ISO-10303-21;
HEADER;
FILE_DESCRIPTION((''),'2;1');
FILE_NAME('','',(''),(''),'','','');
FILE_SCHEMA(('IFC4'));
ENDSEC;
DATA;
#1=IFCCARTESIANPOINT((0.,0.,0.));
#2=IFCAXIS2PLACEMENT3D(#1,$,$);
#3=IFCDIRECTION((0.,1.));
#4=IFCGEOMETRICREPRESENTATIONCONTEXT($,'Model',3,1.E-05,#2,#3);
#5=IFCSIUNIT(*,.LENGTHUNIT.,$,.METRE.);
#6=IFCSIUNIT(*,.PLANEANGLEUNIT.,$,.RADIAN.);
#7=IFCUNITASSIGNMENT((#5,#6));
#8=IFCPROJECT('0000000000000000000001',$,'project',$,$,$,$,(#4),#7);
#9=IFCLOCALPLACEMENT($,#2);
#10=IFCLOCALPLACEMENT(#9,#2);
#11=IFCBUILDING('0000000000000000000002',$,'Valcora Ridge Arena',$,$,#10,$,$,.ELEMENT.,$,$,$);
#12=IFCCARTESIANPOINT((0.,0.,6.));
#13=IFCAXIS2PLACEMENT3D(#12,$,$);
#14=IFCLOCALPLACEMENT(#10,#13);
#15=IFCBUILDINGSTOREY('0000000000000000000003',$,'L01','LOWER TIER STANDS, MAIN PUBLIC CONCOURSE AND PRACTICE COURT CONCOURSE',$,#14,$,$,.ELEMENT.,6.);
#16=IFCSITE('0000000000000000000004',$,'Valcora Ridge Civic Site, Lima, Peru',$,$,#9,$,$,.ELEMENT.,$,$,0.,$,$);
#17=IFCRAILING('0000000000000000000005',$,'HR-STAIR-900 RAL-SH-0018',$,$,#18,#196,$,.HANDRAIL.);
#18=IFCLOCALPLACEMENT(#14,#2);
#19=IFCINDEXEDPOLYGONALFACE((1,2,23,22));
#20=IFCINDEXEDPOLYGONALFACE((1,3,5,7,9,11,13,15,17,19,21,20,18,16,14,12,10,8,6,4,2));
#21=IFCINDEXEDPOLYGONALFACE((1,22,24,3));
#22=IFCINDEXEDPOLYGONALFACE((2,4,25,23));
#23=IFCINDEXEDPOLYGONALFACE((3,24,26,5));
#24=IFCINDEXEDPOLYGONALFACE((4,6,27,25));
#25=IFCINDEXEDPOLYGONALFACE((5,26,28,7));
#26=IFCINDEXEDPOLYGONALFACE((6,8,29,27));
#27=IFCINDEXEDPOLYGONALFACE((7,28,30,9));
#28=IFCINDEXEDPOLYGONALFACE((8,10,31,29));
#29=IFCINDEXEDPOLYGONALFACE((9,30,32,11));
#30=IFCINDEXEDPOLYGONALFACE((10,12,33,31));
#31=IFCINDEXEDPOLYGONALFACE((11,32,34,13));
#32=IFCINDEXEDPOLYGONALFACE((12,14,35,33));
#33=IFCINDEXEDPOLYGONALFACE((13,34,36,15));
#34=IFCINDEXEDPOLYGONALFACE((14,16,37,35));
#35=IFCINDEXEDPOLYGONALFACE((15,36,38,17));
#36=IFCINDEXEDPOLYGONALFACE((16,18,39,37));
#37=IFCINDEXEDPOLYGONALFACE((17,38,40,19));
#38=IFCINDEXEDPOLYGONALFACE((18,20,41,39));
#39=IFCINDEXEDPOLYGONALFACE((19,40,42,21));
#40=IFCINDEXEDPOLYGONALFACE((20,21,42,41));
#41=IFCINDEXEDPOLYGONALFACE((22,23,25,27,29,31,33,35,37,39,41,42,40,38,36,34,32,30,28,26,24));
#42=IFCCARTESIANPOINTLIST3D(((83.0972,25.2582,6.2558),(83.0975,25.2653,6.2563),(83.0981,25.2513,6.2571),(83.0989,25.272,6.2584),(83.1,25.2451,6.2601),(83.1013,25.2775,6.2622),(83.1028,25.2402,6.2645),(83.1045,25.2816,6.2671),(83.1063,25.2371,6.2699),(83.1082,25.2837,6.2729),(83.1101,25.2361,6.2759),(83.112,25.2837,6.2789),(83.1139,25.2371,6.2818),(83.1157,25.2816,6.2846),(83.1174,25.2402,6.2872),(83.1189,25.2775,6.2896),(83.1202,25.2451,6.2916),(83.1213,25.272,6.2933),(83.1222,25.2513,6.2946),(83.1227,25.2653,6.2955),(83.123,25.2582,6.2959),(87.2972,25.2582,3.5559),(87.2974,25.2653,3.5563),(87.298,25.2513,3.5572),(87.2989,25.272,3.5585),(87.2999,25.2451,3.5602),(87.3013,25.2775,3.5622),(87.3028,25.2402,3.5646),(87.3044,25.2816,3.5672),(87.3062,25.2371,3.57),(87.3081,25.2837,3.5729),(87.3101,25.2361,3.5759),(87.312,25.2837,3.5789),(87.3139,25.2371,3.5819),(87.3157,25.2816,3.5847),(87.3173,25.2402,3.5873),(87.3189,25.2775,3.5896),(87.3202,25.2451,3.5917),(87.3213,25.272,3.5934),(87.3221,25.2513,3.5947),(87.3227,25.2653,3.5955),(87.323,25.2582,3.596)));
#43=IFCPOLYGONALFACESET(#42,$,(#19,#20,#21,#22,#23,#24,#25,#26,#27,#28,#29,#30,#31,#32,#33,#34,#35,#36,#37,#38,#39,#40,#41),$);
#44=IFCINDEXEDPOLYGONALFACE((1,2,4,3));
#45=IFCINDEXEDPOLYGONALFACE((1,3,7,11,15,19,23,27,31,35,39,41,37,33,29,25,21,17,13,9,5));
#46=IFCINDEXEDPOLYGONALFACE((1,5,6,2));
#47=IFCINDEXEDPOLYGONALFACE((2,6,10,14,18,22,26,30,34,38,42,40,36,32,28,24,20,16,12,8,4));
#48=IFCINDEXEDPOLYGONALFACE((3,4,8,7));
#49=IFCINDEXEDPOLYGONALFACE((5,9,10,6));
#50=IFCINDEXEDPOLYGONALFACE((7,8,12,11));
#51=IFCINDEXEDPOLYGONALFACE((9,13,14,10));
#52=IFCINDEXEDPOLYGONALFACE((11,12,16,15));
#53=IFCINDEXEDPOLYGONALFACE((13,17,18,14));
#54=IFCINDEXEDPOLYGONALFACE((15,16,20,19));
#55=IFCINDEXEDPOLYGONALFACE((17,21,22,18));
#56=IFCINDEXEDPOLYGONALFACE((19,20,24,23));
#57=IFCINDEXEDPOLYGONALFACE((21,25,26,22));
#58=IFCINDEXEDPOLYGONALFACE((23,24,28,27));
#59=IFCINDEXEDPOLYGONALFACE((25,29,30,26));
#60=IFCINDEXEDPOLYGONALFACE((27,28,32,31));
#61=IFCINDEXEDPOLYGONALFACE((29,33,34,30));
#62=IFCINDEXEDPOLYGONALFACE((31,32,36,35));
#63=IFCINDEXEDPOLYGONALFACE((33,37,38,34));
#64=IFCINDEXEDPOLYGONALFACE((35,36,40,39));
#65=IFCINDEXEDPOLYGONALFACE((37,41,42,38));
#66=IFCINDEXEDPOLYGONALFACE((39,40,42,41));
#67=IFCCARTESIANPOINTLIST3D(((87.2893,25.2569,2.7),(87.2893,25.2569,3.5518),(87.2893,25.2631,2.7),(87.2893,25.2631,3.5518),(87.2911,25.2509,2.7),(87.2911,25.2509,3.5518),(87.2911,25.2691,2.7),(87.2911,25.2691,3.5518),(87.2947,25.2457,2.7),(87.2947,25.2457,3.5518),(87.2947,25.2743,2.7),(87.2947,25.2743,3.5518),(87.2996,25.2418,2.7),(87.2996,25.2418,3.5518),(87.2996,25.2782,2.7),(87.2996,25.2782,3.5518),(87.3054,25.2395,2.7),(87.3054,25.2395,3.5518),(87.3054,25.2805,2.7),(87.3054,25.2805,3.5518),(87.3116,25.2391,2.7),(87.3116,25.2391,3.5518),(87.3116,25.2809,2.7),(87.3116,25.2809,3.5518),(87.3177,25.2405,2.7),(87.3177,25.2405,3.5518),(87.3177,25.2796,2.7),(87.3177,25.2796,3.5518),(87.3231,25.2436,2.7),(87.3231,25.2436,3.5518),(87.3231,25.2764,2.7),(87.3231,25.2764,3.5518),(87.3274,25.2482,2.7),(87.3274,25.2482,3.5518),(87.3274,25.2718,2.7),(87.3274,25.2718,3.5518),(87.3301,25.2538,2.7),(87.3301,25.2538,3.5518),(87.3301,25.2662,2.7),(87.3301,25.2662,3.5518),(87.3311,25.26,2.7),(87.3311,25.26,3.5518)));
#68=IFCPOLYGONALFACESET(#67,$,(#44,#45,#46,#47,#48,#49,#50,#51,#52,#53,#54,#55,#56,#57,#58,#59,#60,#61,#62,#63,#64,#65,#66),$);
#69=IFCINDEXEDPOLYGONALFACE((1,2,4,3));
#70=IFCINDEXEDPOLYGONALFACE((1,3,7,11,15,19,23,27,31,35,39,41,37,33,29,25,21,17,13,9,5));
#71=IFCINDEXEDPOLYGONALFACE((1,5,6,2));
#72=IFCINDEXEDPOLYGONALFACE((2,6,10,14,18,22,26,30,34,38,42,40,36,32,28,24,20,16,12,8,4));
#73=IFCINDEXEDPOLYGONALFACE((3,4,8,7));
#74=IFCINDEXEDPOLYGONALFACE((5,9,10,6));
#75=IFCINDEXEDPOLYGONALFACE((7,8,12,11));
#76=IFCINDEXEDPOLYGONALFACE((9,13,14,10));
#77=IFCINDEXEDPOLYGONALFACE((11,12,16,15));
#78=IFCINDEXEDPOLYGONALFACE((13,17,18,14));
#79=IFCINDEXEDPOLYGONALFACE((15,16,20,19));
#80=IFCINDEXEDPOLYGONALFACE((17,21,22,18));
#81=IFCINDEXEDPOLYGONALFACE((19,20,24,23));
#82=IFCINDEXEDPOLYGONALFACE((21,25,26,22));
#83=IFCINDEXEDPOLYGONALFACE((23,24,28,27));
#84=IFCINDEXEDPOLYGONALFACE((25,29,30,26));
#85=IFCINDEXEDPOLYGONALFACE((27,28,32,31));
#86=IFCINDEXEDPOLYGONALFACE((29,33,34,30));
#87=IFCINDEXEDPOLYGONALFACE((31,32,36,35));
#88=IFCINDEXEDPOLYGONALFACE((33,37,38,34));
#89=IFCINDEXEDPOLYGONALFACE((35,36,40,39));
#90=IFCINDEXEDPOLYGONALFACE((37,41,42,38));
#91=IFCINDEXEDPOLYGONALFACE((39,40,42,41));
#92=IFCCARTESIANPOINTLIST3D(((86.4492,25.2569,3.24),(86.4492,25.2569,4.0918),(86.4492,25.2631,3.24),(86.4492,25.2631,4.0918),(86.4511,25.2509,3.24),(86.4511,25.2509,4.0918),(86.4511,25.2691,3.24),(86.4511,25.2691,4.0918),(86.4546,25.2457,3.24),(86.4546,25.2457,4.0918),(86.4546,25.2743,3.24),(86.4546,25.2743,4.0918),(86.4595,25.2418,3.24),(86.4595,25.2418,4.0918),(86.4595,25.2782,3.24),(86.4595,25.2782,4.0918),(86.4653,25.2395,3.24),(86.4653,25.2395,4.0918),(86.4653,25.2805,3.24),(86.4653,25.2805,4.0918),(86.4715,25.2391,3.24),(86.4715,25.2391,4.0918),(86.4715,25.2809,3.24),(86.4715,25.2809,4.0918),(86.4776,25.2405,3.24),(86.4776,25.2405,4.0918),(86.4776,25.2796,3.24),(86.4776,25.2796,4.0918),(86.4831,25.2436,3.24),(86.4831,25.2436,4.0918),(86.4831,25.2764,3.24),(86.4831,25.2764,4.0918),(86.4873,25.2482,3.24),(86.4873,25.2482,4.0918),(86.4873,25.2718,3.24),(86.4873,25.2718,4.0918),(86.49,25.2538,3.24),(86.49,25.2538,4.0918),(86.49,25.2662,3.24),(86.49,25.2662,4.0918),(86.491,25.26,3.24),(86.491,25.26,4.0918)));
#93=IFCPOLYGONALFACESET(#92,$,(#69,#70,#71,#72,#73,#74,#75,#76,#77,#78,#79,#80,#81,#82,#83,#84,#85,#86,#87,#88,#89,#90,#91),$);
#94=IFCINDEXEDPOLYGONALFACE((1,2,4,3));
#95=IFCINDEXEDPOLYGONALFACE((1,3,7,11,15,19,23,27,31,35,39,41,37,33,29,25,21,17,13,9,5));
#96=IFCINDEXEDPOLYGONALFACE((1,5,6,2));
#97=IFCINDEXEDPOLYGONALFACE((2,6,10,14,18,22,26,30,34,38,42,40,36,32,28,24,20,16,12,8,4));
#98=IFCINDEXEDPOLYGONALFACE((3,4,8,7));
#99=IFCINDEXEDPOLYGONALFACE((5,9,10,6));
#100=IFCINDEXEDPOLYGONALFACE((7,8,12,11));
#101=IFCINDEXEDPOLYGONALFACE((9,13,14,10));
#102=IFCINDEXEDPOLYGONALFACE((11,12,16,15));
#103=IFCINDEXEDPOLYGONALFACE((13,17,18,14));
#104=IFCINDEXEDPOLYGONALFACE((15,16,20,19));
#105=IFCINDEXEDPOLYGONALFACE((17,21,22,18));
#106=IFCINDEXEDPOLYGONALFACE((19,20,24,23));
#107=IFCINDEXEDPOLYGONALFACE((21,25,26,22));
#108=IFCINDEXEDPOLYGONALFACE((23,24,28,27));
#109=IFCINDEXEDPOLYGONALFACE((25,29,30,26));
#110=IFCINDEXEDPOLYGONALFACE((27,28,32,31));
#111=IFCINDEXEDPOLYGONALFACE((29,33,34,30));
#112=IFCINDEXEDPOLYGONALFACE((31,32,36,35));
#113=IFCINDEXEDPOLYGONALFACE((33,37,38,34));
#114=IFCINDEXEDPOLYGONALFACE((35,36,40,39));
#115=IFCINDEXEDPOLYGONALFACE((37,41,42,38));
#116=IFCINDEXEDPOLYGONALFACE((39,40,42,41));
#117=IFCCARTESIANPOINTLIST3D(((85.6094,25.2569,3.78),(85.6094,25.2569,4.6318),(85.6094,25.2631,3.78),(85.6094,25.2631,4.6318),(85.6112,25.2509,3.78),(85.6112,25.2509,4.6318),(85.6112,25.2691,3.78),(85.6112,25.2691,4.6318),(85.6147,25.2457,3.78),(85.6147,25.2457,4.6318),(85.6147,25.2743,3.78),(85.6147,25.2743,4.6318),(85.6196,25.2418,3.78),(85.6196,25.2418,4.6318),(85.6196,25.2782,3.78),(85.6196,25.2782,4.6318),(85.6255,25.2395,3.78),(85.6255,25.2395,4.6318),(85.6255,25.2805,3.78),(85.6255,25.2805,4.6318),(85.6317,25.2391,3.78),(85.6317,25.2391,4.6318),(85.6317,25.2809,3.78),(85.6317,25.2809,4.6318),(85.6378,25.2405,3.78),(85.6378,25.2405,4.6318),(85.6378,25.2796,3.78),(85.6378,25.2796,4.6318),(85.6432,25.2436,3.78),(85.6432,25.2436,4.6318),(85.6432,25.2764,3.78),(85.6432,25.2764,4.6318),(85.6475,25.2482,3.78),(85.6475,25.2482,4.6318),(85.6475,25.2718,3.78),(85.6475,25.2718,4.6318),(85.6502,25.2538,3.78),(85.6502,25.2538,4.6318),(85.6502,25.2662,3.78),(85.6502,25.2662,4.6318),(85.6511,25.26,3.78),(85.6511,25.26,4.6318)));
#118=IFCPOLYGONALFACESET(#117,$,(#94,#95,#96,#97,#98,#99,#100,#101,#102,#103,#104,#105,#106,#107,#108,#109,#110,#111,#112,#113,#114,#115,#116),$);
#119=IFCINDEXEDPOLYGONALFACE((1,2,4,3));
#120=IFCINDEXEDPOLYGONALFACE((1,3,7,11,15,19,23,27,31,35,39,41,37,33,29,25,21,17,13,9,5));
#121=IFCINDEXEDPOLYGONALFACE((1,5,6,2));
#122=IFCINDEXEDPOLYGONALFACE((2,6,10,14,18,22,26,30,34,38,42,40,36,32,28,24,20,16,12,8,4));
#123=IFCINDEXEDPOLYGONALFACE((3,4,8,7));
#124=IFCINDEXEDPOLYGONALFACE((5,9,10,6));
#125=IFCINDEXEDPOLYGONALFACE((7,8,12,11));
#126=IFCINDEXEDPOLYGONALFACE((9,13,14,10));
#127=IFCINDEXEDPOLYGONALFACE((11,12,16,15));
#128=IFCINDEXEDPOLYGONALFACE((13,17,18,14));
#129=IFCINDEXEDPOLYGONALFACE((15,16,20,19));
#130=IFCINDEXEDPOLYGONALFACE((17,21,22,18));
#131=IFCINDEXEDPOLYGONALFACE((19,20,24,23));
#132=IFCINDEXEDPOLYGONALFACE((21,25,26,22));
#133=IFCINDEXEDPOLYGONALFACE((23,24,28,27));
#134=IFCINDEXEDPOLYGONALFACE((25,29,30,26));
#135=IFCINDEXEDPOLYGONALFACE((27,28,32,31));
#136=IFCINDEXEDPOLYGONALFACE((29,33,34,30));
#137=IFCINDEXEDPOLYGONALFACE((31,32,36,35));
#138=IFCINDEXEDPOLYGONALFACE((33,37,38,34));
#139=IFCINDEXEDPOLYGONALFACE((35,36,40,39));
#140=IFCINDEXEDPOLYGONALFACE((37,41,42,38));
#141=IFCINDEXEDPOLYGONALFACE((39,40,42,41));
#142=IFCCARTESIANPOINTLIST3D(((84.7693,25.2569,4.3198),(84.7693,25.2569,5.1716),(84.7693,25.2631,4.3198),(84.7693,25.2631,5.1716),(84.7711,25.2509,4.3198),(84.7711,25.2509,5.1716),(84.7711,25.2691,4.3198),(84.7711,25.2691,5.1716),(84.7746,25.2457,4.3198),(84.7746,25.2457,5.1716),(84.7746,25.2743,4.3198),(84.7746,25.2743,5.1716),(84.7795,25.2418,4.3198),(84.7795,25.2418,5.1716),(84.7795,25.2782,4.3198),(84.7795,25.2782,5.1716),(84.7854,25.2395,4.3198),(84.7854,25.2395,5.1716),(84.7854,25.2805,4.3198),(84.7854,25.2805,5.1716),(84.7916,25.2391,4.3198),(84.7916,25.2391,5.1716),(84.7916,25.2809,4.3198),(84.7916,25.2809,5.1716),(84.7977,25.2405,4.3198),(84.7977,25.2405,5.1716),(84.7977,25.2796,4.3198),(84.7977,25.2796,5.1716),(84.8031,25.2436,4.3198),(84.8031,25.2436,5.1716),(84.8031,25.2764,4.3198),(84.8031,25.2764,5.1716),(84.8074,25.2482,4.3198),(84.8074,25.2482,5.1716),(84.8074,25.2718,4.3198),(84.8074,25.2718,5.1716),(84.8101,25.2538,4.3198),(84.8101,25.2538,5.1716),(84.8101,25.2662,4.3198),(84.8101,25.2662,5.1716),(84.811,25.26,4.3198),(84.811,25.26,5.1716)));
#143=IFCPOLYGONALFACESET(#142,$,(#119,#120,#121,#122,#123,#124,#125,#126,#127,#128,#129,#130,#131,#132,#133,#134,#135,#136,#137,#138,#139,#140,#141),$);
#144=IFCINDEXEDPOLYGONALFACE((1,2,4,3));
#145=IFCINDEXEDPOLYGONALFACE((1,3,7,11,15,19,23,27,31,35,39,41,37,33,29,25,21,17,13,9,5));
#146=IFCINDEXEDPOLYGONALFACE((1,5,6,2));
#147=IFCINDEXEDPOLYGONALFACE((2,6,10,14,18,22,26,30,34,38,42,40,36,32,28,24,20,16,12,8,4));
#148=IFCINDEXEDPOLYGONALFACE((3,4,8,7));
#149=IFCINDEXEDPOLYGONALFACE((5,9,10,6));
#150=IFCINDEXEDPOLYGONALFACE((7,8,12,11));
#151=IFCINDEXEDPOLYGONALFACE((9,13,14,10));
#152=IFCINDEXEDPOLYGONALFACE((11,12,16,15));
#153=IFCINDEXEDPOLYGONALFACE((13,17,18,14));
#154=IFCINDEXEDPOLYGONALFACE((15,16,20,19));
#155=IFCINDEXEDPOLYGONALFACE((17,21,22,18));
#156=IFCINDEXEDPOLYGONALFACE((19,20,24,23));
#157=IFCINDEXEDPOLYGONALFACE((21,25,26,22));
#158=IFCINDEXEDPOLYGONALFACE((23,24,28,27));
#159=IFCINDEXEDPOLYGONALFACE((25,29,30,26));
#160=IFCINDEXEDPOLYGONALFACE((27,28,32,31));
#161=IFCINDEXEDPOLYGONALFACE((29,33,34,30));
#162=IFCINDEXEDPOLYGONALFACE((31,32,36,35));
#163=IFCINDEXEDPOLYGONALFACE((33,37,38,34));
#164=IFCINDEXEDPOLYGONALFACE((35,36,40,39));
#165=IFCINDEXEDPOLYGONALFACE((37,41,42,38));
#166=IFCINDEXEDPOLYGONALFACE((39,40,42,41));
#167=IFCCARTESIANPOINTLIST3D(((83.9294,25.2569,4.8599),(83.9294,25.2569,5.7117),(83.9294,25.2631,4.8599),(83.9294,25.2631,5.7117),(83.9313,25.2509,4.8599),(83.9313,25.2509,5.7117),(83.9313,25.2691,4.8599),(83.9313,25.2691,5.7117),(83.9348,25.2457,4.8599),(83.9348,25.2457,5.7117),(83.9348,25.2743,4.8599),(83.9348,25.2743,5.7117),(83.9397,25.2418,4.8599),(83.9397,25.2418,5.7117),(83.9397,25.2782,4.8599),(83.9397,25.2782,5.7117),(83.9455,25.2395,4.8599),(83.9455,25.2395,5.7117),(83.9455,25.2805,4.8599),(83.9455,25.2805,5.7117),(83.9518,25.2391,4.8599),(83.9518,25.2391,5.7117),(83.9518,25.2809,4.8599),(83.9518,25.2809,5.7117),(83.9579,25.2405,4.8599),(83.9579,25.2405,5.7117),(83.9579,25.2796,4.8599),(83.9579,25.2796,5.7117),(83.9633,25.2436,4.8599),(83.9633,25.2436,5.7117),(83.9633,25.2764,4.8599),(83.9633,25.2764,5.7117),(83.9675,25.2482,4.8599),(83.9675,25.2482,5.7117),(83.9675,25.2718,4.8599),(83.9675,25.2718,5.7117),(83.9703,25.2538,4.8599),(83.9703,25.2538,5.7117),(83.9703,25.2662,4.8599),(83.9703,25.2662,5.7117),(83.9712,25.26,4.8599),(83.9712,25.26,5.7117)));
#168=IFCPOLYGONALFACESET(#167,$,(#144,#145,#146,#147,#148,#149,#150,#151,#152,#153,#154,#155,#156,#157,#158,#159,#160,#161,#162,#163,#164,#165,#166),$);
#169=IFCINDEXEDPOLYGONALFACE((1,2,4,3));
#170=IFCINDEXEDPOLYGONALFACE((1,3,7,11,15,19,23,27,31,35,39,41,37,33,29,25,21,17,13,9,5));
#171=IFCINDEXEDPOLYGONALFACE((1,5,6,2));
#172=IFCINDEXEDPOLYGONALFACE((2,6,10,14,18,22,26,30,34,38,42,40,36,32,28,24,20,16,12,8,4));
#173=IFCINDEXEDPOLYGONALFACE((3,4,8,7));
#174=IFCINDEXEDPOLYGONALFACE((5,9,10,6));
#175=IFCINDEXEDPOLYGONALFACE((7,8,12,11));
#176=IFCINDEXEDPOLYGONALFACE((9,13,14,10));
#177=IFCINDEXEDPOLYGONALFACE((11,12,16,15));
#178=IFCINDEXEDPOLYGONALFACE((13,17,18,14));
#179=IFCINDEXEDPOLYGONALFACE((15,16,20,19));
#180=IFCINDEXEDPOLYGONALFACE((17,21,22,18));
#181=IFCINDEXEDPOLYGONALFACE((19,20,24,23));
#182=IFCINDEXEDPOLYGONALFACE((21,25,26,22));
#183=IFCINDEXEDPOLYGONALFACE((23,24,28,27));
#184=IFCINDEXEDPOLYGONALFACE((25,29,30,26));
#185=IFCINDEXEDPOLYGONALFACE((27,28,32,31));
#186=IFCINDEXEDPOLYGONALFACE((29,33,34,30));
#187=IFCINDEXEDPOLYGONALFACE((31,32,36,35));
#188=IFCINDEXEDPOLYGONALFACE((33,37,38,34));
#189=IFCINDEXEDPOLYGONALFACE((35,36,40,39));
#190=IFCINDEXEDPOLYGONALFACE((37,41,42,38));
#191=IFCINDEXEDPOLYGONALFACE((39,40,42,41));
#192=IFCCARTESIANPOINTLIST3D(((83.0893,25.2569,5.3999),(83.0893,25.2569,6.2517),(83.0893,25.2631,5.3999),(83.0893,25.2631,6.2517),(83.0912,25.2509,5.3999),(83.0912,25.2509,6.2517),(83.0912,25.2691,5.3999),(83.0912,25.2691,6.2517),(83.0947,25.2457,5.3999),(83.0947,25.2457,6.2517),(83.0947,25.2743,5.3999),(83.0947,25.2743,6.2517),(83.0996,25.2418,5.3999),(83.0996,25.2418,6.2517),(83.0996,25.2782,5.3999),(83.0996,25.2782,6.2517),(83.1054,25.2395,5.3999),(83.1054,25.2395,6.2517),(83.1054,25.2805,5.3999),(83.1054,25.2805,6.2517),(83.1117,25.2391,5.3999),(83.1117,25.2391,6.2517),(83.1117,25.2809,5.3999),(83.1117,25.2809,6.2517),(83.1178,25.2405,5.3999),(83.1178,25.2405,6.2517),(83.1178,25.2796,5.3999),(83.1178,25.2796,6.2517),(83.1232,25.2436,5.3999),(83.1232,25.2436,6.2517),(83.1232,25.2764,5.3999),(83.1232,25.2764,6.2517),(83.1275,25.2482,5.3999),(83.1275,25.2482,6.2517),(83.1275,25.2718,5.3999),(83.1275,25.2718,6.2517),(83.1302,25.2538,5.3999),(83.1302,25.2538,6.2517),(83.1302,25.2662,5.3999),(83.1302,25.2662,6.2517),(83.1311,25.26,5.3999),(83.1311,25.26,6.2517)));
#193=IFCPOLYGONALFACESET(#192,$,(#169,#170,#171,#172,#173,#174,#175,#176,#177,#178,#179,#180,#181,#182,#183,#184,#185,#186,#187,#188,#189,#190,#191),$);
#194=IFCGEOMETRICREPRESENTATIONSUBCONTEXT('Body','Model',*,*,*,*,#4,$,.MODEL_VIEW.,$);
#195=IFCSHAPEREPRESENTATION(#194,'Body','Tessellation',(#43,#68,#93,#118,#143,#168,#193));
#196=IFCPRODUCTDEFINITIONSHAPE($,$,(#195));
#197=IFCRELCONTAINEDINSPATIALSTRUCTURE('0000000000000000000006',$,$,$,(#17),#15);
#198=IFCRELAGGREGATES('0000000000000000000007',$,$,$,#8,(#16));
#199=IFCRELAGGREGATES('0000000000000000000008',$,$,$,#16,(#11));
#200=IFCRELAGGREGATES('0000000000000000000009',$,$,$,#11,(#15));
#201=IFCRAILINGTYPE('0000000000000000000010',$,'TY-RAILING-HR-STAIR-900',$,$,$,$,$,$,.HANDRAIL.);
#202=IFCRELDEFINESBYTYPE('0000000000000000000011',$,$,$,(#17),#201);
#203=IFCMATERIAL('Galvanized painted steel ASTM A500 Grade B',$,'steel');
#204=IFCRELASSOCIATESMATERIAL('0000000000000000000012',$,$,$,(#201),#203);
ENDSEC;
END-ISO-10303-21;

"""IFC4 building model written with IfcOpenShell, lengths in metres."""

from ifc_helpers import new_model, si_unit, direction, frame, origin, origin_2d, place, context, subcontext, project, spatial, circle, extrude, material, type_object, element, save


model = new_model("IFC4")

# Units and contexts
model_context = context("Model", 3, precision=1e-05, world=origin(), true_north=direction((0.0, 1.0)))
body_context = subcontext(model_context, "Body", "Model", "MODEL_VIEW")
ifc_project = project(units=[si_unit("LENGTHUNIT", "METRE"), si_unit("PLANEANGLEUNIT", "RADIAN")], contexts=[model_context])

# Site, building, storey
site_placement = place(None, origin())
site = spatial("IfcSite", under=ifc_project, at=site_placement, Name="Valcora Ridge Civic Site, Lima, Peru", CompositionType="ELEMENT", RefElevation=0.0)
building_placement = place(site_placement, origin())
building = spatial("IfcBuilding", under=site, at=building_placement, Name="Valcora Ridge Arena", CompositionType="ELEMENT")
storey_placement = place(building_placement, frame((0.0, 0.0, 6.0)))
storey = spatial("IfcBuildingStorey", under=building, at=storey_placement, Name="L01", Description="LOWER TIER STANDS, MAIN PUBLIC CONCOURSE AND PRACTICE COURT CONCOURSE", CompositionType="ELEMENT", Elevation=6.0)

# Railing
ifc_material_1 = material(Name="Galvanized painted steel ASTM A500 Grade B", Category="steel")
railing_type = type_object("IfcRailingType", Name="TY-RAILING-HR-STAIR-900", PredefinedType="HANDRAIL", material=ifc_material_1)
railing_placement = place(storey_placement, frame((87.3101, 25.26, 2.7)))
element("IfcRailing", 1, at=railing_placement, inside=storey, type_object=railing_type, Name="HR-STAIR-900 RAL-SH-0018", PredefinedType="HANDRAIL", context=body_context, shape_type="SweptSolid", body=[
    extrude(circle(Radius=0.0239, at=origin_2d()), frame((0.0, 0.0, 0.876), z_axis=(-0.84118, 0.0, 0.540755), x_axis=(0.0, -1.0, 0.0)), (0.0, 0.0, 1.0), 4.9929),
    extrude(circle(Radius=0.021, at=origin_2d()), origin(), (0.0, 0.0, 1.0), 0.8518),
    extrude(circle(Radius=0.021, at=origin_2d()), frame((-0.8401, 0.0, 0.54)), (0.0, 0.0, 1.0), 0.8518),
    extrude(circle(Radius=0.021, at=origin_2d()), frame((-1.6799, 0.0, 1.0801)), (0.0, 0.0, 1.0), 0.8518),
    extrude(circle(Radius=0.021, at=origin_2d()), frame((-2.52, 0.0, 1.6199)), (0.0, 0.0, 1.0), 0.8518),
    extrude(circle(Radius=0.021, at=origin_2d()), frame((-3.3599, 0.0, 2.1599)), (0.0, 0.0, 1.0), 0.8518),
    extrude(circle(Radius=0.021, at=origin_2d()), frame((-4.2, 0.0, 2.7)), (0.0, 0.0, 1.0), 0.8518),
])

save(model, "model.ifc")
